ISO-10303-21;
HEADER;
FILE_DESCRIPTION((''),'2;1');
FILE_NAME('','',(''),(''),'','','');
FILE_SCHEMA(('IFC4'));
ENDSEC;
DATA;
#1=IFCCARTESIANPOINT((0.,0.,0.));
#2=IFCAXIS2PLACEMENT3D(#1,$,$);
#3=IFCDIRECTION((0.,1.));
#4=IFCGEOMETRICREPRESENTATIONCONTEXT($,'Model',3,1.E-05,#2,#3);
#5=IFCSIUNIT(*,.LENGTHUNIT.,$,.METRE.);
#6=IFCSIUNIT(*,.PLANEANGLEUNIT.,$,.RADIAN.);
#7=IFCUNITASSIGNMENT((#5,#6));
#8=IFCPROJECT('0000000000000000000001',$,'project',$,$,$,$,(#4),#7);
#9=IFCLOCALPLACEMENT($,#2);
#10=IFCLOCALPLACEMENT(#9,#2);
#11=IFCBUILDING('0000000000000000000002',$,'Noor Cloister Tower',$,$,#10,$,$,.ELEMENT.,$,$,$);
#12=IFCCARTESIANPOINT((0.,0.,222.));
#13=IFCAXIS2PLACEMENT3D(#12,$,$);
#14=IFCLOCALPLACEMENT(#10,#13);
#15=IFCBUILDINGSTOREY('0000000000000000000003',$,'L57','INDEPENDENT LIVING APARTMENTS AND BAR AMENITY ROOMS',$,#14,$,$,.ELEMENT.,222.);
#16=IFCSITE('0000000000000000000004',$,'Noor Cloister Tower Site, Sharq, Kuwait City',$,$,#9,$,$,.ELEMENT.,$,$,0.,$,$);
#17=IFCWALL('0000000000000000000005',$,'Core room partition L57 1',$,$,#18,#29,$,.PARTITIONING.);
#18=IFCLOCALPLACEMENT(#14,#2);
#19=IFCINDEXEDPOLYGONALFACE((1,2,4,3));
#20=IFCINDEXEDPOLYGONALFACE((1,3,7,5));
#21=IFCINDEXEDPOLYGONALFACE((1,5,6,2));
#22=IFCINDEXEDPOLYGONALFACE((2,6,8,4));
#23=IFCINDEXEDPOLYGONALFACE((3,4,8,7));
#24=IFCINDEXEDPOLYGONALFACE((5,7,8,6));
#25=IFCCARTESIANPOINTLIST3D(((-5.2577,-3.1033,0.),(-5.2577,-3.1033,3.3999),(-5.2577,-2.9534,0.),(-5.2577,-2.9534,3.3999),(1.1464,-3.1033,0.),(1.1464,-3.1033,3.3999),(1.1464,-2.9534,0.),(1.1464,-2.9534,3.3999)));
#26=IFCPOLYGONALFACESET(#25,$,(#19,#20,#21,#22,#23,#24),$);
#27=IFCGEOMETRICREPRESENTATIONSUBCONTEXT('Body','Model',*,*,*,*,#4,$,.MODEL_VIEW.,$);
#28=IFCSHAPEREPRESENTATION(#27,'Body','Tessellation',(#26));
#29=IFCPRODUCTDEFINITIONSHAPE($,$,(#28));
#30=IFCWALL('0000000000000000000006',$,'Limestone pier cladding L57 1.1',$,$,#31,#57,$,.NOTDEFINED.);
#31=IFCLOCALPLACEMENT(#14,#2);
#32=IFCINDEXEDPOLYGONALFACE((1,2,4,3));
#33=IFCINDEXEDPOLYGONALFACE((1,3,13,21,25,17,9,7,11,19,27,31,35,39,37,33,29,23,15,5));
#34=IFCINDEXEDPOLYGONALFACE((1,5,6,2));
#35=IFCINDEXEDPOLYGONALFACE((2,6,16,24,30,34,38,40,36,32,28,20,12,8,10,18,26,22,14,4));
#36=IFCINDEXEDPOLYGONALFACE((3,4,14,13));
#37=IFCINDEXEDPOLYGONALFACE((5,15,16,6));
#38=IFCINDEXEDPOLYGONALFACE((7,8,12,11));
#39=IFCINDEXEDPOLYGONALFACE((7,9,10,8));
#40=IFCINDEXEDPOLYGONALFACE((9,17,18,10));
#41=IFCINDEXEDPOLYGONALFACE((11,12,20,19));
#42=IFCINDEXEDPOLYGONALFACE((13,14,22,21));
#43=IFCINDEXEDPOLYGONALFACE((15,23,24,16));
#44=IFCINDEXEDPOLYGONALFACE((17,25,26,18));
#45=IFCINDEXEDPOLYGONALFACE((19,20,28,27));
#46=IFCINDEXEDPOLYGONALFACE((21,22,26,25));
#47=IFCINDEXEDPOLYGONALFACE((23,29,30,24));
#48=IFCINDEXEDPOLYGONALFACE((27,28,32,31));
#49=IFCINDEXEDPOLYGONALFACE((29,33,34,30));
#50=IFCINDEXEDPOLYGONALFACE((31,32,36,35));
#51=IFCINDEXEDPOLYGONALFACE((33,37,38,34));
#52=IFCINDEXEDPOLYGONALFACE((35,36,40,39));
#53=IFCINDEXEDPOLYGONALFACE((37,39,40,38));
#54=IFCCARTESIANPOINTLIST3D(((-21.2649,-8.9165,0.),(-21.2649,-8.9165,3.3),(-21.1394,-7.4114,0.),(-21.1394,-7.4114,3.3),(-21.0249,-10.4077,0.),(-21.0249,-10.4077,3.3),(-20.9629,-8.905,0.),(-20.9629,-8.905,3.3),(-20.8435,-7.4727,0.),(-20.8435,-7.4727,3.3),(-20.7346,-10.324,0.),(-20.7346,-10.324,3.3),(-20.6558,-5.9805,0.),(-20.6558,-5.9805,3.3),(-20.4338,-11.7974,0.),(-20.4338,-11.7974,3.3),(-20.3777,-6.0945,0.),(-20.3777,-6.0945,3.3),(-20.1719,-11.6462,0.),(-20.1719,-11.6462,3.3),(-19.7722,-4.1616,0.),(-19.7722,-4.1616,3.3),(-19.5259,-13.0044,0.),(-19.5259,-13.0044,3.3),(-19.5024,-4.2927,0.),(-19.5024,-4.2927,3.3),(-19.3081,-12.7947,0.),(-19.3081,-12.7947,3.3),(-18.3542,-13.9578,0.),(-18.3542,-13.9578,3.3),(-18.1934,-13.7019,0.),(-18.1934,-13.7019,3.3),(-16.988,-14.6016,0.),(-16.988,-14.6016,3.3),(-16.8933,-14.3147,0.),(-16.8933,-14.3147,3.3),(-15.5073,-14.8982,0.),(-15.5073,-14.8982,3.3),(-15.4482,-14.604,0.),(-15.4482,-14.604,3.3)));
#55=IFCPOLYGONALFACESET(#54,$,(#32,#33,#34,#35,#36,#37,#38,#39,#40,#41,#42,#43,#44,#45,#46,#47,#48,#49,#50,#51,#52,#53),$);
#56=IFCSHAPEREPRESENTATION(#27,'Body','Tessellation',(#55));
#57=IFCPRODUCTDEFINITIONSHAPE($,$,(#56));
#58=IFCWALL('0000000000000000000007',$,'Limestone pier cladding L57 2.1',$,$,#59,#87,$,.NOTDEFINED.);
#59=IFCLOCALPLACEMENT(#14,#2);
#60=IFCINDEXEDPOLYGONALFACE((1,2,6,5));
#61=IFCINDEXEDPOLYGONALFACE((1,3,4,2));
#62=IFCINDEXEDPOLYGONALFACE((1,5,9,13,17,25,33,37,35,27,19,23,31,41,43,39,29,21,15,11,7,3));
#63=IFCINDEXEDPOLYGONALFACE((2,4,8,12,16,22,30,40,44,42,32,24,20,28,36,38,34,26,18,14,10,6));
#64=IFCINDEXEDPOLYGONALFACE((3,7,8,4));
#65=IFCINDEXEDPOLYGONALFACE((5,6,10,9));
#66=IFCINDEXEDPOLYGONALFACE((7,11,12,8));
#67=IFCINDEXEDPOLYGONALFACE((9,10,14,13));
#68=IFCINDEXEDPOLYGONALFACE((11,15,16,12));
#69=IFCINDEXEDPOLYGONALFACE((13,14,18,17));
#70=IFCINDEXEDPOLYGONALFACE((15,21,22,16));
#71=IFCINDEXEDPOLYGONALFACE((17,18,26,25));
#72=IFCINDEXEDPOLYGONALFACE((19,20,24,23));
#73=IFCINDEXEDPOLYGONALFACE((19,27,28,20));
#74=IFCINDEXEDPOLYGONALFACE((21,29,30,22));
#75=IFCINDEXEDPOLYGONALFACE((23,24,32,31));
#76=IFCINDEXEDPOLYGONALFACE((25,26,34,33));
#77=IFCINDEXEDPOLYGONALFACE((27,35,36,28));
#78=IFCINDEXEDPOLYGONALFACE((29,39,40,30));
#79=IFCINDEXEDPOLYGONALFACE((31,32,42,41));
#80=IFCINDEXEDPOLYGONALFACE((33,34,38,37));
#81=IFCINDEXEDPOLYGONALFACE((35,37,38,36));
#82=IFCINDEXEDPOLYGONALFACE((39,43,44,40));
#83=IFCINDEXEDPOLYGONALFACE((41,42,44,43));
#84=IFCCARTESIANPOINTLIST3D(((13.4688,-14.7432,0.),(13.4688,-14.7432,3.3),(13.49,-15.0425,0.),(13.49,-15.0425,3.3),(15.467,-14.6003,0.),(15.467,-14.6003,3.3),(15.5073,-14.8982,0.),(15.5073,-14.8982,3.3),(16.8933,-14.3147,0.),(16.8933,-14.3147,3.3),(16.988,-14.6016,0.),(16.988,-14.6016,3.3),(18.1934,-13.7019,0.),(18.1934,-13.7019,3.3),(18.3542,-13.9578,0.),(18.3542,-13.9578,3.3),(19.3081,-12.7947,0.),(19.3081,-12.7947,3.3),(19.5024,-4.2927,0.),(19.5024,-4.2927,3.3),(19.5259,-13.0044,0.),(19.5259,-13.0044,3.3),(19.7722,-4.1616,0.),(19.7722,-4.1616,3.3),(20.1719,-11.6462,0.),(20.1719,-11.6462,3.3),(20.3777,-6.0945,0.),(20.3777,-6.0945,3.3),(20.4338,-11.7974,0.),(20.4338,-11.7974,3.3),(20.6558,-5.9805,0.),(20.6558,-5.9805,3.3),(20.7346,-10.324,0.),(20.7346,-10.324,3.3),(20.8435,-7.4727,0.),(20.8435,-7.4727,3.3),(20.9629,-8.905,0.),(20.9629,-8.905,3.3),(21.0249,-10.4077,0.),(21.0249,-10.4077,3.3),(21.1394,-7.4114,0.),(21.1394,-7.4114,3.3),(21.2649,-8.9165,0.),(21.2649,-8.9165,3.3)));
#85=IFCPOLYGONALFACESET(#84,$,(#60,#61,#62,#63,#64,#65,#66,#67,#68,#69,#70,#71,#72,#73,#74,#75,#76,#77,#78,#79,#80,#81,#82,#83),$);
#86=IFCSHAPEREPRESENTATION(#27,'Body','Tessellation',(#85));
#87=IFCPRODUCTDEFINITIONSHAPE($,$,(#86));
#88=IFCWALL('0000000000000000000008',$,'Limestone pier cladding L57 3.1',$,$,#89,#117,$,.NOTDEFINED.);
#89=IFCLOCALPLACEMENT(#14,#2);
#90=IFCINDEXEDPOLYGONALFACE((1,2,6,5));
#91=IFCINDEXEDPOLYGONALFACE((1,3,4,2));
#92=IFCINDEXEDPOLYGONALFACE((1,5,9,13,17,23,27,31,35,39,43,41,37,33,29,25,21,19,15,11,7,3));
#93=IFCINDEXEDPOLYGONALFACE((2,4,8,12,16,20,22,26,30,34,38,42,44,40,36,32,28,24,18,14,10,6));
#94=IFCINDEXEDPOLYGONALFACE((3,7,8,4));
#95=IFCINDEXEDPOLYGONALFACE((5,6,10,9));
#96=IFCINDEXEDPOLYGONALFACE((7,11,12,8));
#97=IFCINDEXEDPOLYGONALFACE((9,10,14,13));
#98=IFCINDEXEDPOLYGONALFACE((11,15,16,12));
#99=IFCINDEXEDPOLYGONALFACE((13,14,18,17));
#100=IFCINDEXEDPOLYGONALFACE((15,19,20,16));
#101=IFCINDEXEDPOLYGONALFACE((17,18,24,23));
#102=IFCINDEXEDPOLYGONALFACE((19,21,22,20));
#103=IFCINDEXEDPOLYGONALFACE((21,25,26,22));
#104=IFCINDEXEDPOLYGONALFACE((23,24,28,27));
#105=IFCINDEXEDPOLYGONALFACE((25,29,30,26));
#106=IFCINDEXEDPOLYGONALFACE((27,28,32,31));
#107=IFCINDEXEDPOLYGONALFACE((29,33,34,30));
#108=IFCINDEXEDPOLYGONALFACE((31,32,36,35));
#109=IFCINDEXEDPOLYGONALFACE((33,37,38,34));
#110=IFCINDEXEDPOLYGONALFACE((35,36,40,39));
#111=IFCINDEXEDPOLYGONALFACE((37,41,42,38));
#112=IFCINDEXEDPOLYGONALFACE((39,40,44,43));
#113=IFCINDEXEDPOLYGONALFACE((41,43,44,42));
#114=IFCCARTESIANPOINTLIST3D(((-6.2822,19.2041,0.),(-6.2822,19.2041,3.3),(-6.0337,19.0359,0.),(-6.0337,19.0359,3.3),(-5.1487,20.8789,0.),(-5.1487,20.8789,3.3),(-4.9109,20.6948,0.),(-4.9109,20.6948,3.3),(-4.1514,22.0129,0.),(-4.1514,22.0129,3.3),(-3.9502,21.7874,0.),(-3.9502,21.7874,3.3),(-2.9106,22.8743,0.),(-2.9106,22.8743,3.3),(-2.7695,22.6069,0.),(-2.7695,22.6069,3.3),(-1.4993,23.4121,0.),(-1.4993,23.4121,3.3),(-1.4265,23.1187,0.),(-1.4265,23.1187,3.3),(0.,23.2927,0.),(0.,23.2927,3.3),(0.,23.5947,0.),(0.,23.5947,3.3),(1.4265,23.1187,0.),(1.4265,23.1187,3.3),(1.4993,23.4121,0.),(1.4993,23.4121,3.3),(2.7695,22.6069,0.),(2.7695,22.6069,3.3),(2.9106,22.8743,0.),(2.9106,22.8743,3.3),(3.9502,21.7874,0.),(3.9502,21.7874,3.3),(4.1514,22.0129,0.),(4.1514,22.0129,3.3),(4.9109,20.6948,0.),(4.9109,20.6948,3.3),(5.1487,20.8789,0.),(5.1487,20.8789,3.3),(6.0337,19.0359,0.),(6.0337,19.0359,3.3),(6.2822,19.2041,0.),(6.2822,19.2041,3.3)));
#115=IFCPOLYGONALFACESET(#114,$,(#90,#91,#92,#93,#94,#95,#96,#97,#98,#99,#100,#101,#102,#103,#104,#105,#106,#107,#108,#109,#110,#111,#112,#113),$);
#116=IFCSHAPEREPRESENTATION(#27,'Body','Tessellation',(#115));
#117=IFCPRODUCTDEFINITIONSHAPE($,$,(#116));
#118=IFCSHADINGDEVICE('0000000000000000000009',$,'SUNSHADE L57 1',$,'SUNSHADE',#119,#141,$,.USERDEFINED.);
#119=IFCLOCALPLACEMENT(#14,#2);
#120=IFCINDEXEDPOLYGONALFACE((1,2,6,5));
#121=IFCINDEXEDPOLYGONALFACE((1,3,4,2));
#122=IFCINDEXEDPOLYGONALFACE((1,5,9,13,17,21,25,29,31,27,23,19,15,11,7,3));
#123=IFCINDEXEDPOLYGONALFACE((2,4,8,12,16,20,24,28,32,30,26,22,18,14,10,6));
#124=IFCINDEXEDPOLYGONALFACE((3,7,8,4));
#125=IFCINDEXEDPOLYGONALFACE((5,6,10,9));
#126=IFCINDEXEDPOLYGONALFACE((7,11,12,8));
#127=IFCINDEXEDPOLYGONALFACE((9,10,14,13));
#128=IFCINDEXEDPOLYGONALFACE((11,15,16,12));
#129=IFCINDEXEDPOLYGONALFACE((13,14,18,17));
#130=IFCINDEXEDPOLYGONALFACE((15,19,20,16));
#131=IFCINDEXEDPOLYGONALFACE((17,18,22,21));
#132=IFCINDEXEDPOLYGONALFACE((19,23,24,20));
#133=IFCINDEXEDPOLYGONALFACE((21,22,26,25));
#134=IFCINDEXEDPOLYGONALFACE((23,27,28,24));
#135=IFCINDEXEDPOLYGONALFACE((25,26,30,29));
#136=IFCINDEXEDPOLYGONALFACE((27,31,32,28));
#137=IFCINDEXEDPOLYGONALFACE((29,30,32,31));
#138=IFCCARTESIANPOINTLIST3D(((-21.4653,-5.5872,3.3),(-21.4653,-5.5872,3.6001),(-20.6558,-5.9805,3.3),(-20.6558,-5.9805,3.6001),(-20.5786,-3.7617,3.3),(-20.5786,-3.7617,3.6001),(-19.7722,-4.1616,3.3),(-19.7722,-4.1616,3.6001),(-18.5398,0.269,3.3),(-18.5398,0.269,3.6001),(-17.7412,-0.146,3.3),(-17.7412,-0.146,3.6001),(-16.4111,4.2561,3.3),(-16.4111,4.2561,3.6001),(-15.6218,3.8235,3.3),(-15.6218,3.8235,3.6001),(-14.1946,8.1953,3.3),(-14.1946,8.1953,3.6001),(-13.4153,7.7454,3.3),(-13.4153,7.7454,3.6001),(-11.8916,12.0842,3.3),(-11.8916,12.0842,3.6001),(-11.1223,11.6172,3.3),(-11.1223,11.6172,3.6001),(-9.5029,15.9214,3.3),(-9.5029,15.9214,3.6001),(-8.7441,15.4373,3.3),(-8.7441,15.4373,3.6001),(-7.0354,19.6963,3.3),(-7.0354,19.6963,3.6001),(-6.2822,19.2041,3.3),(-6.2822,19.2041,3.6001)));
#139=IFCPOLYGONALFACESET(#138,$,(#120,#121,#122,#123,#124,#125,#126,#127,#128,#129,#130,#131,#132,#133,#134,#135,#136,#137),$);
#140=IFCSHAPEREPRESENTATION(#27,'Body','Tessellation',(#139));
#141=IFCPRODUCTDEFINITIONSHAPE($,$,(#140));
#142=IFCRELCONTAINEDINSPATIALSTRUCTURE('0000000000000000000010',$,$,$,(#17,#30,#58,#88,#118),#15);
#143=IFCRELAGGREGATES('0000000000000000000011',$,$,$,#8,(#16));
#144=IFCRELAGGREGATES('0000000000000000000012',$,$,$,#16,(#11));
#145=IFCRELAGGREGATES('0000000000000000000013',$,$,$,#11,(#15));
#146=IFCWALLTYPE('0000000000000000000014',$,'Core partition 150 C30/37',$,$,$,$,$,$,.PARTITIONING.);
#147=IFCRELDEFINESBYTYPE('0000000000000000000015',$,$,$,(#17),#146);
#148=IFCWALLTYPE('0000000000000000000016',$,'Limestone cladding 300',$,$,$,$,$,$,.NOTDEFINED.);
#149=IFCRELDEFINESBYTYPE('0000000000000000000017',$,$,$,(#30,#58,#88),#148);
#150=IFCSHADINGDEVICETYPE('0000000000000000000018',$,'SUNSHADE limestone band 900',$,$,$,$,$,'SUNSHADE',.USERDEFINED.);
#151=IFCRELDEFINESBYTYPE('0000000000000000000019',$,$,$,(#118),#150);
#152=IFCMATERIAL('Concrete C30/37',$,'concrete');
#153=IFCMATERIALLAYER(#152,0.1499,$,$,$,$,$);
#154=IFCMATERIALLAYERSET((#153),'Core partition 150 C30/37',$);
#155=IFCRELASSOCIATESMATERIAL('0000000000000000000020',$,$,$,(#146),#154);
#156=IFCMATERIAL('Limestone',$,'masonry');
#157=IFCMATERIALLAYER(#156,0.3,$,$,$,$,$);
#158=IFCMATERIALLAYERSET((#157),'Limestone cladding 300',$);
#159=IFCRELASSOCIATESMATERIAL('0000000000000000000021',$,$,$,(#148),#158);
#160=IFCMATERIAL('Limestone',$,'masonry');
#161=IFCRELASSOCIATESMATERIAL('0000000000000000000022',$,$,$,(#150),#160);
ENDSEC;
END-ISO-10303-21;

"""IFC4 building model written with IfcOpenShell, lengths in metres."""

from ifc_helpers import new_model, si_unit, direction, frame, frame_2d, origin, place, context, subcontext, project, spatial, polyline, rectangle, outline, extrude, material, layer, layer_set, type_object, element, save


model = new_model("IFC4")

# Units and contexts
model_context = context("Model", 3, precision=1e-05, world=origin(), true_north=direction((0.0, 1.0)))
body_context = subcontext(model_context, "Body", "Model", "MODEL_VIEW")
ifc_project = project(units=[si_unit("LENGTHUNIT", "METRE"), si_unit("PLANEANGLEUNIT", "RADIAN")], contexts=[model_context])

# Site, building, storey
site_placement = place(None, origin())
site = spatial("IfcSite", under=ifc_project, at=site_placement, Name="Noor Cloister Tower Site, Sharq, Kuwait City", CompositionType="ELEMENT", RefElevation=0.0)
building_placement = place(site_placement, origin())
building = spatial("IfcBuilding", under=site, at=building_placement, Name="Noor Cloister Tower", CompositionType="ELEMENT")
storey_placement = place(building_placement, frame((0.0, 0.0, 222.0)))
storey = spatial("IfcBuildingStorey", under=building, at=storey_placement, Name="L57", Description="INDEPENDENT LIVING APARTMENTS AND BAR AMENITY ROOMS", CompositionType="ELEMENT", Elevation=222.0)

# Walls
ifc_material_1 = material(Name="Concrete C30/37", Category="concrete")
ifc_layer_1 = layer(ifc_material_1, 0.1499)
ifc_layer_set_1 = layer_set([ifc_layer_1], Name="Core partition 150 C30/37")
wall_type_1 = type_object("IfcWallType", Name="Core partition 150 C30/37", PredefinedType="PARTITIONING", material=ifc_layer_set_1)
wall_1_placement = place(storey_placement, frame((-5.2578, -3.0283, 0.0), z_axis=(0.0, 0.0, 1.0), x_axis=(1.0, 0.0, 0.0)))
element("IfcWall", 1, at=wall_1_placement, inside=storey, type_object=wall_type_1, Name="Core room partition L57 1", PredefinedType="PARTITIONING", context=body_context, shape_type="SweptSolid", body=[
    extrude(rectangle(XDim=6.4041, YDim=0.1499, at=frame_2d((3.2021, 0.0))), origin(), (0.0, 0.0, 1.0), 3.3999),
])
ifc_material_2 = material(Name="Limestone", Category="masonry")
ifc_layer_2 = layer(ifc_material_2, 0.3)
ifc_layer_set_2 = layer_set([ifc_layer_2], Name="Limestone cladding 300")
wall_type_2 = type_object("IfcWallType", Name="Limestone cladding 300", PredefinedType="NOTDEFINED", material=ifc_layer_set_2)
wall_2_placement = place(storey_placement, origin())
element("IfcWall", 2, at=wall_2_placement, inside=storey, type_object=wall_type_2, Name="Limestone pier cladding L57 1.1", PredefinedType="NOTDEFINED", context=body_context, shape_type="SweptSolid", body=[
    extrude(outline(polyline([(-19.7722, -4.1616), (-20.6558, -5.9805), (-21.1394, -7.4114), (-21.2649, -8.9165), (-21.0249, -10.4077), (-20.4338, -11.7974), (-19.5259, -13.0044), (-18.3542, -13.9578), (-16.988, -14.6016), (-15.5073, -14.8982), (-15.4482, -14.604), (-16.8933, -14.3147), (-18.1934, -13.7019), (-19.3081, -12.7947), (-20.1719, -11.6462), (-20.7346, -10.324), (-20.9629, -8.905), (-20.8435, -7.4727), (-20.3777, -6.0945), (-19.5024, -4.2927), (-19.7722, -4.1616)])), origin(), (0.0, 0.0, 1.0), 3.3),
])
wall_3_placement = place(storey_placement, origin())
element("IfcWall", 3, at=wall_3_placement, inside=storey, type_object=wall_type_2, Name="Limestone pier cladding L57 2.1", PredefinedType="NOTDEFINED", context=body_context, shape_type="SweptSolid", body=[
    extrude(outline(polyline([(13.49, -15.0425), (15.5073, -14.8982), (16.988, -14.6016), (18.3542, -13.9578), (19.5259, -13.0044), (20.4338, -11.7974), (21.0249, -10.4077), (21.2649, -8.9165), (21.1394, -7.4114), (20.6558, -5.9805), (19.7722, -4.1616), (19.5024, -4.2927), (20.3777, -6.0945), (20.8435, -7.4727), (20.9629, -8.905), (20.7346, -10.324), (20.1719, -11.6462), (19.3081, -12.7947), (18.1934, -13.7019), (16.8933, -14.3147), (15.467, -14.6003), (13.4688, -14.7432), (13.49, -15.0425)])), origin(), (0.0, 0.0, 1.0), 3.3),
])
wall_4_placement = place(storey_placement, origin())
element("IfcWall", 4, at=wall_4_placement, inside=storey, type_object=wall_type_2, Name="Limestone pier cladding L57 3.1", PredefinedType="NOTDEFINED", context=body_context, shape_type="SweptSolid", body=[
    extrude(outline(polyline([(6.2822, 19.2041), (5.1487, 20.8789), (4.1514, 22.0129), (2.9106, 22.8743), (1.4993, 23.4121), (0.0, 23.5947), (-1.4993, 23.4121), (-2.9106, 22.8743), (-4.1514, 22.0129), (-5.1487, 20.8789), (-6.2822, 19.2041), (-6.0337, 19.0359), (-4.9109, 20.6948), (-3.9502, 21.7874), (-2.7695, 22.6069), (-1.4265, 23.1187), (0.0, 23.2927), (1.4265, 23.1187), (2.7695, 22.6069), (3.9502, 21.7874), (4.9109, 20.6948), (6.0337, 19.0359), (6.2822, 19.2041)])), origin(), (0.0, 0.0, 1.0), 3.3),
])

# Shading device
ifc_material_3 = material(Name="Limestone", Category="masonry")
shading_device_type = type_object("IfcShadingDeviceType", Name="SUNSHADE limestone band 900", ElementType="SUNSHADE", PredefinedType="USERDEFINED", material=ifc_material_3)
shading_device_1_placement = place(storey_placement, frame((0.0, 0.0, 3.3)))
element("IfcShadingDevice", 5, at=shading_device_1_placement, inside=storey, type_object=shading_device_type, Name="SUNSHADE L57 1", ObjectType="SUNSHADE", PredefinedType="USERDEFINED", context=body_context, shape_type="SweptSolid", body=[
    extrude(outline(polyline([(-7.0354, 19.6963), (-9.5029, 15.9214), (-11.8916, 12.0842), (-14.1946, 8.1953), (-16.4111, 4.2561), (-18.5398, 0.269), (-20.5786, -3.7617), (-21.4653, -5.5872), (-20.6558, -5.9805), (-19.7722, -4.1616), (-17.7412, -0.146), (-15.6218, 3.8235), (-13.4153, 7.7454), (-11.1223, 11.6172), (-8.7441, 15.4373), (-6.2822, 19.2041), (-7.0354, 19.6963)])), origin(), (0.0, 0.0, 1.0), 0.3),
])

save(model, "model.ifc")
